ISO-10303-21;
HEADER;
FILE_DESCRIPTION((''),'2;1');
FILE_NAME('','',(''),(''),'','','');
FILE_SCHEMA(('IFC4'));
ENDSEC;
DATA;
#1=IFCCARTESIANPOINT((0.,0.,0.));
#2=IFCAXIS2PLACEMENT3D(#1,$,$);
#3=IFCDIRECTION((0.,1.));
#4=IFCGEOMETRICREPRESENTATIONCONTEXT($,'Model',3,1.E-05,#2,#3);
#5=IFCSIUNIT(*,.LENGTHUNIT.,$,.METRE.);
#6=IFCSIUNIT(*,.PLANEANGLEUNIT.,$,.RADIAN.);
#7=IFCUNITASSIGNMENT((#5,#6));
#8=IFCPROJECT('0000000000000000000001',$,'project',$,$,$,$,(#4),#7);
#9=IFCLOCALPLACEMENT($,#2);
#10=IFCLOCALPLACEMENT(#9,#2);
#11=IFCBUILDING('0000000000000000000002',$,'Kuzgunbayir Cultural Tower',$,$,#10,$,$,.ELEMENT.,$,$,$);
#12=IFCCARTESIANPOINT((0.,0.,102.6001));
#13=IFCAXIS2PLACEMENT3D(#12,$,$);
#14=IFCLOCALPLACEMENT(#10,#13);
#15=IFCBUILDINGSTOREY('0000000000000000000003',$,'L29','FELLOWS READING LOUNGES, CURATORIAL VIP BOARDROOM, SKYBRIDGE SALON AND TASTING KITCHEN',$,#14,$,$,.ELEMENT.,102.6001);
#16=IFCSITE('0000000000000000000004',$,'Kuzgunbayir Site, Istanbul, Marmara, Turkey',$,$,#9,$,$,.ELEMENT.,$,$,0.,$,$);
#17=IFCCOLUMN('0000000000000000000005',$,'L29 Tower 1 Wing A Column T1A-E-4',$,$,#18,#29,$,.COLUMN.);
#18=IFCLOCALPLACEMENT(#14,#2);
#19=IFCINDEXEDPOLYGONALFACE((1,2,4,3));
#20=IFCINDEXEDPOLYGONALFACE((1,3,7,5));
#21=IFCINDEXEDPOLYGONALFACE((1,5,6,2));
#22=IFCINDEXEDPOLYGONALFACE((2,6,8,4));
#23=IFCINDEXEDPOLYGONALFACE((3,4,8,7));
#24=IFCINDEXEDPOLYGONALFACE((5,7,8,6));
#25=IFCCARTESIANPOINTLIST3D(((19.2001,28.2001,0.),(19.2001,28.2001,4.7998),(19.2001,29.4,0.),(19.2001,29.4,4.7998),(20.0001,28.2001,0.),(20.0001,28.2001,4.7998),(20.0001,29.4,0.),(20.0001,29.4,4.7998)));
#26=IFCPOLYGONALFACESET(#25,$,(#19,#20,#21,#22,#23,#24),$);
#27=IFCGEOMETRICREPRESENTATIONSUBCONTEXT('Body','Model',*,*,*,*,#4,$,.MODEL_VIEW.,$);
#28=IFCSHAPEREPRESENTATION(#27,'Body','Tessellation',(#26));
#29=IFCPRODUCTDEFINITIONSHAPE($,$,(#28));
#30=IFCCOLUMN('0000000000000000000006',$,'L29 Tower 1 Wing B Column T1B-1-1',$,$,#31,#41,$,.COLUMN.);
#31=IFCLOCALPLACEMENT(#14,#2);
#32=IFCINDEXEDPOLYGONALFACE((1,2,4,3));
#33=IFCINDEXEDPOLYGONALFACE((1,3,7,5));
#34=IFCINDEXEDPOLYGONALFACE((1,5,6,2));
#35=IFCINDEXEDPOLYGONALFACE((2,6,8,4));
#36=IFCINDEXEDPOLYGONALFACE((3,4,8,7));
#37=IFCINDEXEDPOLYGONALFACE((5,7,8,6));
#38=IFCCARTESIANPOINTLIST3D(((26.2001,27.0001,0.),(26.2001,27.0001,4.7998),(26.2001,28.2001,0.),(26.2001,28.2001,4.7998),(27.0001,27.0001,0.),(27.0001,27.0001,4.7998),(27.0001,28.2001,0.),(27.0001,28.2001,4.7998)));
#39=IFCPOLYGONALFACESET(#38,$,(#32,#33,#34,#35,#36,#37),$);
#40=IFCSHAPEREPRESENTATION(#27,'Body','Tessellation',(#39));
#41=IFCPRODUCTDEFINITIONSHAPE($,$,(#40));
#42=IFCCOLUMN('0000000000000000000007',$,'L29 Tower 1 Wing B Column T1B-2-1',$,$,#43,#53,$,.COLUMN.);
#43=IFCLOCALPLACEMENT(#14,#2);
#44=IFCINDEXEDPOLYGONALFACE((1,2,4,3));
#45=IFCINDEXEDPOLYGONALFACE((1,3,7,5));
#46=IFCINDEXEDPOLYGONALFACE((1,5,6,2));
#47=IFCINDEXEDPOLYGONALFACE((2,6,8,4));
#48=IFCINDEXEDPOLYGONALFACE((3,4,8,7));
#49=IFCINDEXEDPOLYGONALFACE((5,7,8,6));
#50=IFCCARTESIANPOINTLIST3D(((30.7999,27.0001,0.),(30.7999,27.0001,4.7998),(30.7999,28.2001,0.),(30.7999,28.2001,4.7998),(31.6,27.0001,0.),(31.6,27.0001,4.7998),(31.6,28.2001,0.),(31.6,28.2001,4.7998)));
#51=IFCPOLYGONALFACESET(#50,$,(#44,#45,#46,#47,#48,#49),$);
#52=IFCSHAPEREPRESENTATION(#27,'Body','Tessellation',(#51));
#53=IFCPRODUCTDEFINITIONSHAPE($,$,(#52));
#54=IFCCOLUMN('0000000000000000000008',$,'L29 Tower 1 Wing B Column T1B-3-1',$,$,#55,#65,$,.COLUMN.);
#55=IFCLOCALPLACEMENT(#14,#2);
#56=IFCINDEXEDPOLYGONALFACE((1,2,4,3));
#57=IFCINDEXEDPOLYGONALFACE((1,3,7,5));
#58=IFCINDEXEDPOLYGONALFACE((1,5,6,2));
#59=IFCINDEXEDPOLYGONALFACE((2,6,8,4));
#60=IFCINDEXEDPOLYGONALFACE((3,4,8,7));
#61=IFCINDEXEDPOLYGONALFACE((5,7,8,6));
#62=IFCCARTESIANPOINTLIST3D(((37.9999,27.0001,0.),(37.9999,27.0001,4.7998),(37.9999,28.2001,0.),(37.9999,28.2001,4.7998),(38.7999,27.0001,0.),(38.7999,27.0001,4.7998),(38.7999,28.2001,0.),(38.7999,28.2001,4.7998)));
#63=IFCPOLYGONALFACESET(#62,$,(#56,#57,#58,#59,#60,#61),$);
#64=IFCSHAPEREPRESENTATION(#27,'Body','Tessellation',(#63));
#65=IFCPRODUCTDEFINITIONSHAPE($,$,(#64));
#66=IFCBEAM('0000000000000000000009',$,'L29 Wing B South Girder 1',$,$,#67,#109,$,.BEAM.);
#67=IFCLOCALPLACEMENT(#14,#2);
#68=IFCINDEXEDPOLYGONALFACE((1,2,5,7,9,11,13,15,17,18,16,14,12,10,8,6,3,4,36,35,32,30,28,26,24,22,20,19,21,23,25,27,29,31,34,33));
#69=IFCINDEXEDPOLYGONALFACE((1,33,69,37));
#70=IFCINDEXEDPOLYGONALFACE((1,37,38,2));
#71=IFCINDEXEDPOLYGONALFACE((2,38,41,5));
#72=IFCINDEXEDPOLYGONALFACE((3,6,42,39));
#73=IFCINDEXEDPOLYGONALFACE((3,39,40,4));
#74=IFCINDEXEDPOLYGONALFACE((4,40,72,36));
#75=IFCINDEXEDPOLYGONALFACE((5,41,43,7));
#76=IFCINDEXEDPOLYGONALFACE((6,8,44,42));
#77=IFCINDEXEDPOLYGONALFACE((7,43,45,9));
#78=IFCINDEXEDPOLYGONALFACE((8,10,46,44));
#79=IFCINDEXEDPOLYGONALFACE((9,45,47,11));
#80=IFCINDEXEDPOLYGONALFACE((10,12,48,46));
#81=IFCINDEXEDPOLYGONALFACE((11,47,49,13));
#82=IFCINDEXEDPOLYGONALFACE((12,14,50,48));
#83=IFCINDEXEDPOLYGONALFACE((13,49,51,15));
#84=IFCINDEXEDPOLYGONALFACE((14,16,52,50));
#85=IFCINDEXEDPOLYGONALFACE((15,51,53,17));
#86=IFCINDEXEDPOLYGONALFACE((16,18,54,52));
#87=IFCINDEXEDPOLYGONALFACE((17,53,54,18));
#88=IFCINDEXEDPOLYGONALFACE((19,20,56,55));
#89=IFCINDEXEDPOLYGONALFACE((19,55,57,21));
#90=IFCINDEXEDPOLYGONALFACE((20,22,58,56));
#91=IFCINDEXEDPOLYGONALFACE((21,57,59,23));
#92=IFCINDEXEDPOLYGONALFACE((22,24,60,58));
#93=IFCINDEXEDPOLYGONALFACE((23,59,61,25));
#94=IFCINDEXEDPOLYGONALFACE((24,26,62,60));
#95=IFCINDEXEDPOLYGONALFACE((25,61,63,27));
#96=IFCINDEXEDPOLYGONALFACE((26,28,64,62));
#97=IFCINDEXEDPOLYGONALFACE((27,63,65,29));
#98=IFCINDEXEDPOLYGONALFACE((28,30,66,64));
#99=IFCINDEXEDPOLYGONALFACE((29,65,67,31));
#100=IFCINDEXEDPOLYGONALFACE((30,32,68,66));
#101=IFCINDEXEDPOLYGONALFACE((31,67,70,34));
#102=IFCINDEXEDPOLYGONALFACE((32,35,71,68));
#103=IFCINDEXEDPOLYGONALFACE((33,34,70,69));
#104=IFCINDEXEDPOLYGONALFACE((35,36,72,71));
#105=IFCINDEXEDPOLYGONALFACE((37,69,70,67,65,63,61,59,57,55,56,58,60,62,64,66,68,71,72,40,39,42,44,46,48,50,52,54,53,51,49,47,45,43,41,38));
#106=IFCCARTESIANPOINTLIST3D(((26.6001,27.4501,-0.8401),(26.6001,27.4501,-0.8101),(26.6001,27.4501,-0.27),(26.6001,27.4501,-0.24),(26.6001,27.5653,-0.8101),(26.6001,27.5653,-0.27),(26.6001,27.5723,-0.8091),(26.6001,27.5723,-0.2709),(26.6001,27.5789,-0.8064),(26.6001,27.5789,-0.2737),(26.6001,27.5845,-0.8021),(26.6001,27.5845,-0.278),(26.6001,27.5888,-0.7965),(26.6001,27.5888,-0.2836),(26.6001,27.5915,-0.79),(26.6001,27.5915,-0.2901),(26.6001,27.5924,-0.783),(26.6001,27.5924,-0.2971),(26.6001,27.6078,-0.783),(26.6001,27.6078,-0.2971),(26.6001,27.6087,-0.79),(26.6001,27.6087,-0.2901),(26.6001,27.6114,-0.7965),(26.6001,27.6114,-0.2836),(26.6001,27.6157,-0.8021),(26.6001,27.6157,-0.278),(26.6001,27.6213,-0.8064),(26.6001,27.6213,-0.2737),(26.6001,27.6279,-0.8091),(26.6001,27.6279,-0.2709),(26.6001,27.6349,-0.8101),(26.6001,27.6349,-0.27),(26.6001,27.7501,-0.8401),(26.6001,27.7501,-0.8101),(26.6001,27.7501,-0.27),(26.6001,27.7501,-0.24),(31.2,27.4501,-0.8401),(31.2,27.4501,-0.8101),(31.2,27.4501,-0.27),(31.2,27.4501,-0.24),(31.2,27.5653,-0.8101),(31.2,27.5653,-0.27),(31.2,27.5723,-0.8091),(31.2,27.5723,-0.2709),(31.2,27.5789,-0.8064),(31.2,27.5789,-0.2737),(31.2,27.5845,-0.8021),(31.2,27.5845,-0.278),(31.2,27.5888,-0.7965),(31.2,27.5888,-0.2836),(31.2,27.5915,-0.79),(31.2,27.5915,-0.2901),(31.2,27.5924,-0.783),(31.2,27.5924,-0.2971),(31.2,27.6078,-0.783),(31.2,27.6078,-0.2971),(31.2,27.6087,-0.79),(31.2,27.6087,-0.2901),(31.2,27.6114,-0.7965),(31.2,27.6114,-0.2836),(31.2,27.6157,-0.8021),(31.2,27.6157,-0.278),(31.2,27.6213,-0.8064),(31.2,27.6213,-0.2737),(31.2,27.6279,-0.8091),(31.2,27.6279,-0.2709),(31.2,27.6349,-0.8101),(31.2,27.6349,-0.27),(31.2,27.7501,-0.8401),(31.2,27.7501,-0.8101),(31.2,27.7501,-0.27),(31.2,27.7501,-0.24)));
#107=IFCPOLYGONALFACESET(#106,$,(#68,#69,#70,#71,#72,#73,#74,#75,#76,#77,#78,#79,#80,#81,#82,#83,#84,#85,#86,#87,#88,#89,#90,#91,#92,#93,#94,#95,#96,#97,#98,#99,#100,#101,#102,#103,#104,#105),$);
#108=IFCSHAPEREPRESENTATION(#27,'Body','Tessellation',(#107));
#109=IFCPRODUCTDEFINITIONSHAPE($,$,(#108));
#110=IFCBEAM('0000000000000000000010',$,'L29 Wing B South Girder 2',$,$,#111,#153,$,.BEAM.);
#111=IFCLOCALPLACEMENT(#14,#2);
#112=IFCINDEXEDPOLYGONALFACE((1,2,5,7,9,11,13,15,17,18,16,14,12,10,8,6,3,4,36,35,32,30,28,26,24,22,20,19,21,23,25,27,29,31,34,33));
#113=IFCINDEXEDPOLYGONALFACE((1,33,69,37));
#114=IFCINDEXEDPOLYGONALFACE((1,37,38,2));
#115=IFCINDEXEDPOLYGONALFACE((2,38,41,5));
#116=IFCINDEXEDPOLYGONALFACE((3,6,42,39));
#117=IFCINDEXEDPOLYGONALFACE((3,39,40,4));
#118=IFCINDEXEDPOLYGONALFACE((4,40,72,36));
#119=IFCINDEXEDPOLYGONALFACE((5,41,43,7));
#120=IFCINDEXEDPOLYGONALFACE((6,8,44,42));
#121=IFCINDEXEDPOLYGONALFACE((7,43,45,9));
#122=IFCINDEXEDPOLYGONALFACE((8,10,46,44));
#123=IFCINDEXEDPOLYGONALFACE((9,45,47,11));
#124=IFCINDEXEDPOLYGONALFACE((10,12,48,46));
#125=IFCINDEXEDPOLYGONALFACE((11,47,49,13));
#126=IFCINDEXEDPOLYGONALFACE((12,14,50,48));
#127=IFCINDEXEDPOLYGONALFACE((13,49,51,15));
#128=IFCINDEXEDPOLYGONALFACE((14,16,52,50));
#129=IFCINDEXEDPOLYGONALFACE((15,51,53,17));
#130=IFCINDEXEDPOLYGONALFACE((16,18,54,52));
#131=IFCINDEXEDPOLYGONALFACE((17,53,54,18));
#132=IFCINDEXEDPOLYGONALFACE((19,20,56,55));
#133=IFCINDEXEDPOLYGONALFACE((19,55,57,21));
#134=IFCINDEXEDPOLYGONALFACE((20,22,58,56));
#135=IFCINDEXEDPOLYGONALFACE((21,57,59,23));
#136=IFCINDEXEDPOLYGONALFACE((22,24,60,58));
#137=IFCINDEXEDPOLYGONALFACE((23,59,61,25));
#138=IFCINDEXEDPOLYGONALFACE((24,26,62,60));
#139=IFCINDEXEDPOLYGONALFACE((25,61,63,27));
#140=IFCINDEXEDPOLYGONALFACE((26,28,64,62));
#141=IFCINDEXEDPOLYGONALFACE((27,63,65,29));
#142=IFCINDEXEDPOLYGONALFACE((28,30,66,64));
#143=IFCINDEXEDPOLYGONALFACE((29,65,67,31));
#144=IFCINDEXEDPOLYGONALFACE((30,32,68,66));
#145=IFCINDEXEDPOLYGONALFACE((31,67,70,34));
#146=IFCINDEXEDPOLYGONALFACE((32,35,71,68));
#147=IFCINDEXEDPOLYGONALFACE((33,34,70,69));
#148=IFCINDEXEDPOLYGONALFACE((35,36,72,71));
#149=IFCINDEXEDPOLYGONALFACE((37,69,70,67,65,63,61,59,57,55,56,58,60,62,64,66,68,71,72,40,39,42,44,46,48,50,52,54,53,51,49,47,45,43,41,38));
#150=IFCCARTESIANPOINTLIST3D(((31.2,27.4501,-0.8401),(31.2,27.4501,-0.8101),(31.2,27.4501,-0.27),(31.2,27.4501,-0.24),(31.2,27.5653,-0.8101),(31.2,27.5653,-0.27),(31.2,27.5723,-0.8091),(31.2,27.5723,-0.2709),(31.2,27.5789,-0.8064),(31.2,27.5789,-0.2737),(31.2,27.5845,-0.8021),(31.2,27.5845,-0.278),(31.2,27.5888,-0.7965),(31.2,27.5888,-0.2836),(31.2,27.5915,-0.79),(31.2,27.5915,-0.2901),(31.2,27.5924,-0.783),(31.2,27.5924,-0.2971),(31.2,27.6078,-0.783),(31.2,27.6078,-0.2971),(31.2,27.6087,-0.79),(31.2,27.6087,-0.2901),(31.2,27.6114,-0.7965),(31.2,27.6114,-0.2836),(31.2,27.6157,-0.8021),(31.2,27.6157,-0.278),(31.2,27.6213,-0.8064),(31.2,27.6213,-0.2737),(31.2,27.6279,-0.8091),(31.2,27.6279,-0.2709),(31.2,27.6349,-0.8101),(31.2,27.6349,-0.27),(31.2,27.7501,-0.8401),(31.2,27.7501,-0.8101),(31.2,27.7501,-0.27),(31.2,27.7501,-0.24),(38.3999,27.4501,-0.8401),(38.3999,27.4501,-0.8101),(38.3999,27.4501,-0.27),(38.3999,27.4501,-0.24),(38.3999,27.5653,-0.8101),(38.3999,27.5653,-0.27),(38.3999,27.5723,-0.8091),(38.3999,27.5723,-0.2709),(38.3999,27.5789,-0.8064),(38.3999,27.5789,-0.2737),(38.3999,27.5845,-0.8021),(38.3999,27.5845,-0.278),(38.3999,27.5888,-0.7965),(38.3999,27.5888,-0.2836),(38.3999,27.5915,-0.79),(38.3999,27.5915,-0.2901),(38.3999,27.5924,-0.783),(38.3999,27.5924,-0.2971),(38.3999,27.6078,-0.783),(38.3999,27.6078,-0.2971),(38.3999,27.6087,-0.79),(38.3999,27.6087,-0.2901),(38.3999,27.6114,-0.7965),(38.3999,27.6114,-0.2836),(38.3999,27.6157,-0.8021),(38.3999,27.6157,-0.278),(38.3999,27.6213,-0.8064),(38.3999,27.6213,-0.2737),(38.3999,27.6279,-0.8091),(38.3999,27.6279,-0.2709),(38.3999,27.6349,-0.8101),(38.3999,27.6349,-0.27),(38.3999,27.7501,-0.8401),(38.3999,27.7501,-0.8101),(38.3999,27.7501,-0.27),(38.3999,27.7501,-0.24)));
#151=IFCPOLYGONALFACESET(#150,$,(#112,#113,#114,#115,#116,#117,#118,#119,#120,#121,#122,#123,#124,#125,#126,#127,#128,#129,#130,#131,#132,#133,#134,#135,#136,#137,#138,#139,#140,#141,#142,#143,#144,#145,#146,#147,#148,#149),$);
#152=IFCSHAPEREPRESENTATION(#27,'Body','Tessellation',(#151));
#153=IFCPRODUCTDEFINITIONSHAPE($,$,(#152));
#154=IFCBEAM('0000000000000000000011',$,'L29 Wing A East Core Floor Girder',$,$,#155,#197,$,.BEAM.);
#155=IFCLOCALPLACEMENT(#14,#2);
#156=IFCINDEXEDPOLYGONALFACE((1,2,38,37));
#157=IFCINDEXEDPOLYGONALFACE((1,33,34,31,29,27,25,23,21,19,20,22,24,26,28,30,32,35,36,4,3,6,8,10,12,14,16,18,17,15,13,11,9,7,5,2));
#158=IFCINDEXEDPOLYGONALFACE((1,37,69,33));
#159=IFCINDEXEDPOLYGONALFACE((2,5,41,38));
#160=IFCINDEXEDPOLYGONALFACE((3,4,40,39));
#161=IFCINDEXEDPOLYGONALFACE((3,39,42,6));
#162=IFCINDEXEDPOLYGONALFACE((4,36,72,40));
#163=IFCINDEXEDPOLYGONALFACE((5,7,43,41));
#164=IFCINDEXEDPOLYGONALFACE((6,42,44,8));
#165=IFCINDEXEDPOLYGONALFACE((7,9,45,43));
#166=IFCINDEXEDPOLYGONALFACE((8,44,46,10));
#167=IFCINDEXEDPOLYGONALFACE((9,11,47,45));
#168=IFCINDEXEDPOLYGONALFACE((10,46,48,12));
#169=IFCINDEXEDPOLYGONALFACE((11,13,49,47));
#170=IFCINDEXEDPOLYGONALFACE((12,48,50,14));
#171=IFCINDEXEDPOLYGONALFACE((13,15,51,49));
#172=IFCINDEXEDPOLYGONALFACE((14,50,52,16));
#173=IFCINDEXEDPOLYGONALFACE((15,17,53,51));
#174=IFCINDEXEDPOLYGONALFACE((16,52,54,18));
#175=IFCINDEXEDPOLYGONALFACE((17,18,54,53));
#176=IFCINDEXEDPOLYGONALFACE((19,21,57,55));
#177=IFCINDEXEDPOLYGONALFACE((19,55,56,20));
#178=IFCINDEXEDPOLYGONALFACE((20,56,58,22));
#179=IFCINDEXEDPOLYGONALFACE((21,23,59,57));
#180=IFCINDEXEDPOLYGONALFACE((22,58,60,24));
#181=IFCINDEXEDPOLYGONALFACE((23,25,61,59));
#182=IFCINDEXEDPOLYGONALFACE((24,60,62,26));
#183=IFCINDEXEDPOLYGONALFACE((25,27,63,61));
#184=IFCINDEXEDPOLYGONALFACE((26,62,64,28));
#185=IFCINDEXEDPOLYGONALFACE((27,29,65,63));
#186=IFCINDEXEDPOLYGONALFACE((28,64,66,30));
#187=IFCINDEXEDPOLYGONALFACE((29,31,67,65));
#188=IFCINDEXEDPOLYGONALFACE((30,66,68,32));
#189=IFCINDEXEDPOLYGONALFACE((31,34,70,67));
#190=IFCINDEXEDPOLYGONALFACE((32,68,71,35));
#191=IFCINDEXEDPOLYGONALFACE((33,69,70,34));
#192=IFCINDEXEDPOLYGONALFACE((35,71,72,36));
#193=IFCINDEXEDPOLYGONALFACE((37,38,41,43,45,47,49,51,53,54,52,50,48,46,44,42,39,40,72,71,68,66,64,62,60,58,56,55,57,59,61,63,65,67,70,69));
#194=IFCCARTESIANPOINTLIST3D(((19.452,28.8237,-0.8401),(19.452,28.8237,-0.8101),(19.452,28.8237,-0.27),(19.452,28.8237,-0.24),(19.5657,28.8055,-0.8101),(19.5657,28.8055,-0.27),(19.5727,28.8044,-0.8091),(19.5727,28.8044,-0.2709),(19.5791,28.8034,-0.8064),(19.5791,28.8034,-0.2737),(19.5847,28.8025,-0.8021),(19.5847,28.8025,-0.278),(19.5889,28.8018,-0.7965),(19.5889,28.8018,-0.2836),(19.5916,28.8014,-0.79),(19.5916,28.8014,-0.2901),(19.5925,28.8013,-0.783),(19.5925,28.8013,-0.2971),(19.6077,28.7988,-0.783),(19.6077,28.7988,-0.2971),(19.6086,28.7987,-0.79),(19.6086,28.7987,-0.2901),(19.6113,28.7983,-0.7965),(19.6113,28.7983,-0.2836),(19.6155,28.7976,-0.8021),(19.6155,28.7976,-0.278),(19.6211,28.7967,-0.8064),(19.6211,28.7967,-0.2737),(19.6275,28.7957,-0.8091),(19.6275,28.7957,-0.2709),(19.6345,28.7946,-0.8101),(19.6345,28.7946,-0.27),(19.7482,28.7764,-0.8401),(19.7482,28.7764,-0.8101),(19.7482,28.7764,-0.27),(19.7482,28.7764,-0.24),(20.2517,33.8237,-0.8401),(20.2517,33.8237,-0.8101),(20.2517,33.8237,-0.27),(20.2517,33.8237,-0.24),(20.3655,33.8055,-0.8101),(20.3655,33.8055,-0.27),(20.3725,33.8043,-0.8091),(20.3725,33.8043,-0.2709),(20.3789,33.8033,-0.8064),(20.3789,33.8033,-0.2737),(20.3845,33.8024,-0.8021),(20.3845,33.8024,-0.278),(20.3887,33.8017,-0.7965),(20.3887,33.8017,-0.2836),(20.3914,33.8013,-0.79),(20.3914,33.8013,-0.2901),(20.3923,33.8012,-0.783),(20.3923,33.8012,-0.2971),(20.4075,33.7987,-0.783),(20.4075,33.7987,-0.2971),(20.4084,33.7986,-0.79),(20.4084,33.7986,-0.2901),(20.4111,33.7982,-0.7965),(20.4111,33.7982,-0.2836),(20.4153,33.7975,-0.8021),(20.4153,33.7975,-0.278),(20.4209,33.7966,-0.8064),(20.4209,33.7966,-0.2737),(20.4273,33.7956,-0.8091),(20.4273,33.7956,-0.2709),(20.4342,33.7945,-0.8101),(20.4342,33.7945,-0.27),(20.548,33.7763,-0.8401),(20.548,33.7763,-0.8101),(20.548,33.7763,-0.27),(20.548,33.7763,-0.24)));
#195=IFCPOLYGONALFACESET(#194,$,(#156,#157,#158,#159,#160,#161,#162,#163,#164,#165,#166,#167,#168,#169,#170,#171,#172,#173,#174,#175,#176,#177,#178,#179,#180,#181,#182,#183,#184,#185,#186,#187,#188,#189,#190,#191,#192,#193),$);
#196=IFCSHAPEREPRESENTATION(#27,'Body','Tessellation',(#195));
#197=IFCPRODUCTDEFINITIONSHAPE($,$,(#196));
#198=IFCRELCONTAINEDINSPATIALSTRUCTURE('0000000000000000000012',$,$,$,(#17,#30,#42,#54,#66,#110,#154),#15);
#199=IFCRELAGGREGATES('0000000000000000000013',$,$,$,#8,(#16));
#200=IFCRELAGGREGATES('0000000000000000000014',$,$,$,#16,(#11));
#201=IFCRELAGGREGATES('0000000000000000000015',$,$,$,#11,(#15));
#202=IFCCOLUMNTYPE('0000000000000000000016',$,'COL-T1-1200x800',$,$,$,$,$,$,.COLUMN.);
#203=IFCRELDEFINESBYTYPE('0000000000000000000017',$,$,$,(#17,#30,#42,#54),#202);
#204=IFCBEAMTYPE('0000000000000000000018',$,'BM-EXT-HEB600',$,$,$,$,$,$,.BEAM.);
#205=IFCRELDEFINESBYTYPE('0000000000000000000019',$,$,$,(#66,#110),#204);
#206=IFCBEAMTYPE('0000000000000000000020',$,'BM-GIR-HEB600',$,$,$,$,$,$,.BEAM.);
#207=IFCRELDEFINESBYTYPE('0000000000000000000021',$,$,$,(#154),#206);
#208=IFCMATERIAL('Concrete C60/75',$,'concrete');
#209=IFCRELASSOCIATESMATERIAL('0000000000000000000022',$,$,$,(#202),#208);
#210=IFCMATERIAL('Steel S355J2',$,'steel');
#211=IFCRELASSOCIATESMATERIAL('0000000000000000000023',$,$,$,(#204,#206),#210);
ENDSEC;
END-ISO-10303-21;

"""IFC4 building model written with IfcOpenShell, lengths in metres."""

from ifc_helpers import new_model, si_unit, direction, frame, origin, origin_2d, place, context, subcontext, project, spatial, rectangle, i_section, extrude, material, material_profile, profile_set, type_object, element, save


model = new_model("IFC4")

# Units and contexts
model_context = context("Model", 3, precision=1e-05, world=origin(), true_north=direction((0.0, 1.0)))
body_context = subcontext(model_context, "Body", "Model", "MODEL_VIEW")
ifc_project = project(units=[si_unit("LENGTHUNIT", "METRE"), si_unit("PLANEANGLEUNIT", "RADIAN")], contexts=[model_context])

# Site, building, storey
site_placement = place(None, origin())
site = spatial("IfcSite", under=ifc_project, at=site_placement, Name="Kuzgunbayir Site, Istanbul, Marmara, Turkey", CompositionType="ELEMENT", RefElevation=0.0)
building_placement = place(site_placement, origin())
building = spatial("IfcBuilding", under=site, at=building_placement, Name="Kuzgunbayir Cultural Tower", CompositionType="ELEMENT")
storey_placement = place(building_placement, frame((0.0, 0.0, 102.6001)))
storey = spatial("IfcBuildingStorey", under=building, at=storey_placement, Name="L29", Description="FELLOWS READING LOUNGES, CURATORIAL VIP BOARDROOM, SKYBRIDGE SALON AND TASTING KITCHEN", CompositionType="ELEMENT", Elevation=102.6001)

# Columns
ifc_material_1 = material(Name="Concrete C60/75", Category="concrete")
ifc_material_profile_1 = material_profile(ifc_material_1, rectangle(XDim=0.8, YDim=1.2, at=origin_2d()), Name="RC 1200x800")
ifc_profile_set_1 = profile_set([ifc_material_profile_1], Name="Concrete C60/75")
column_type = type_object("IfcColumnType", Name="COL-T1-1200x800", PredefinedType="COLUMN", material=ifc_profile_set_1)
for number, where, z_axis, x_axis, name in (
    (1, (19.6001, 28.8, 0.0), (0.0, 0.0, 1.0), (1.0, 0.0, 0.0), "L29 Tower 1 Wing A Column T1A-E-4"),
    (2, (26.6001, 27.6001, 0.0), (0.0, 0.0, 1.0), (1.0, 0.0, 0.0), "L29 Tower 1 Wing B Column T1B-1-1"),
    (3, (31.2, 27.6001, 0.0), (0.0, 0.0, 1.0), (1.0, 0.0, 0.0), "L29 Tower 1 Wing B Column T1B-2-1"),
    (4, (38.3999, 27.6001, 0.0), (0.0, 0.0, 1.0), (1.0, 0.0, 0.0), "L29 Tower 1 Wing B Column T1B-3-1"),
):
    element("IfcColumn", number, at=place(storey_placement, frame(where, z_axis=z_axis, x_axis=x_axis)), inside=storey, type_object=column_type, Name=name, PredefinedType="COLUMN", context=body_context, shape_type="SweptSolid", body=[
        extrude(rectangle(XDim=0.8, YDim=1.2, at=origin_2d()), origin(), (0.0, 0.0, 1.0), 4.7998),
    ])

# Beams
ifc_material_2 = material(Name="Steel S355J2", Category="steel")
ifc_material_profile_2 = material_profile(ifc_material_2, i_section(OverallWidth=0.3, OverallDepth=0.6001, WebThickness=0.0154, FlangeThickness=0.03, FilletRadius=0.0271, at=origin_2d()), Name="HEB 600")
ifc_profile_set_2 = profile_set([ifc_material_profile_2], Name="Steel S355J2")
beam_type_1 = type_object("IfcBeamType", Name="BM-EXT-HEB600", PredefinedType="BEAM", material=ifc_profile_set_2)
beam_1_placement = place(storey_placement, frame((26.6001, 27.6001, -0.54), z_axis=(1.0, 0.0, 0.0), x_axis=(0.0, 1.0, 0.0)))
element("IfcBeam", 5, at=beam_1_placement, inside=storey, type_object=beam_type_1, Name="L29 Wing B South Girder 1", PredefinedType="BEAM", context=body_context, shape_type="SweptSolid", body=[
    extrude(i_section(OverallWidth=0.3, OverallDepth=0.6001, WebThickness=0.0154, FlangeThickness=0.03, FilletRadius=0.0271, at=origin_2d()), origin(), (0.0, 0.0, 1.0), 4.5999),
])
beam_2_placement = place(storey_placement, frame((31.2, 27.6001, -0.54), z_axis=(1.0, 0.0, 0.0), x_axis=(0.0, 1.0, 0.0)))
element("IfcBeam", 6, at=beam_2_placement, inside=storey, type_object=beam_type_1, Name="L29 Wing B South Girder 2", PredefinedType="BEAM", context=body_context, shape_type="SweptSolid", body=[
    extrude(i_section(OverallWidth=0.3, OverallDepth=0.6001, WebThickness=0.0154, FlangeThickness=0.03, FilletRadius=0.0271, at=origin_2d()), origin(), (0.0, 0.0, 1.0), 7.2),
])
ifc_material_profile_3 = material_profile(ifc_material_2, i_section(OverallWidth=0.3, OverallDepth=0.6001, WebThickness=0.0154, FlangeThickness=0.03, FilletRadius=0.0271, at=origin_2d()), Name="HEB 600")
ifc_profile_set_3 = profile_set([ifc_material_profile_3], Name="Steel S355J2")
beam_type_2 = type_object("IfcBeamType", Name="BM-GIR-HEB600", PredefinedType="BEAM", material=ifc_profile_set_3)
beam_3_placement = place(storey_placement, frame((19.6001, 28.8, -0.54), z_axis=(0.157953, 0.987447, 0.0), x_axis=(-0.987447, 0.157953, 0.0)))
element("IfcBeam", 7, at=beam_3_placement, inside=storey, type_object=beam_type_2, Name="L29 Wing A East Core Floor Girder", PredefinedType="BEAM", context=body_context, shape_type="SweptSolid", body=[
    extrude(i_section(OverallWidth=0.3, OverallDepth=0.6001, WebThickness=0.0154, FlangeThickness=0.03, FilletRadius=0.0271, at=origin_2d()), origin(), (0.0, 0.0, 1.0), 5.0635),
])

save(model, "model.ifc")
